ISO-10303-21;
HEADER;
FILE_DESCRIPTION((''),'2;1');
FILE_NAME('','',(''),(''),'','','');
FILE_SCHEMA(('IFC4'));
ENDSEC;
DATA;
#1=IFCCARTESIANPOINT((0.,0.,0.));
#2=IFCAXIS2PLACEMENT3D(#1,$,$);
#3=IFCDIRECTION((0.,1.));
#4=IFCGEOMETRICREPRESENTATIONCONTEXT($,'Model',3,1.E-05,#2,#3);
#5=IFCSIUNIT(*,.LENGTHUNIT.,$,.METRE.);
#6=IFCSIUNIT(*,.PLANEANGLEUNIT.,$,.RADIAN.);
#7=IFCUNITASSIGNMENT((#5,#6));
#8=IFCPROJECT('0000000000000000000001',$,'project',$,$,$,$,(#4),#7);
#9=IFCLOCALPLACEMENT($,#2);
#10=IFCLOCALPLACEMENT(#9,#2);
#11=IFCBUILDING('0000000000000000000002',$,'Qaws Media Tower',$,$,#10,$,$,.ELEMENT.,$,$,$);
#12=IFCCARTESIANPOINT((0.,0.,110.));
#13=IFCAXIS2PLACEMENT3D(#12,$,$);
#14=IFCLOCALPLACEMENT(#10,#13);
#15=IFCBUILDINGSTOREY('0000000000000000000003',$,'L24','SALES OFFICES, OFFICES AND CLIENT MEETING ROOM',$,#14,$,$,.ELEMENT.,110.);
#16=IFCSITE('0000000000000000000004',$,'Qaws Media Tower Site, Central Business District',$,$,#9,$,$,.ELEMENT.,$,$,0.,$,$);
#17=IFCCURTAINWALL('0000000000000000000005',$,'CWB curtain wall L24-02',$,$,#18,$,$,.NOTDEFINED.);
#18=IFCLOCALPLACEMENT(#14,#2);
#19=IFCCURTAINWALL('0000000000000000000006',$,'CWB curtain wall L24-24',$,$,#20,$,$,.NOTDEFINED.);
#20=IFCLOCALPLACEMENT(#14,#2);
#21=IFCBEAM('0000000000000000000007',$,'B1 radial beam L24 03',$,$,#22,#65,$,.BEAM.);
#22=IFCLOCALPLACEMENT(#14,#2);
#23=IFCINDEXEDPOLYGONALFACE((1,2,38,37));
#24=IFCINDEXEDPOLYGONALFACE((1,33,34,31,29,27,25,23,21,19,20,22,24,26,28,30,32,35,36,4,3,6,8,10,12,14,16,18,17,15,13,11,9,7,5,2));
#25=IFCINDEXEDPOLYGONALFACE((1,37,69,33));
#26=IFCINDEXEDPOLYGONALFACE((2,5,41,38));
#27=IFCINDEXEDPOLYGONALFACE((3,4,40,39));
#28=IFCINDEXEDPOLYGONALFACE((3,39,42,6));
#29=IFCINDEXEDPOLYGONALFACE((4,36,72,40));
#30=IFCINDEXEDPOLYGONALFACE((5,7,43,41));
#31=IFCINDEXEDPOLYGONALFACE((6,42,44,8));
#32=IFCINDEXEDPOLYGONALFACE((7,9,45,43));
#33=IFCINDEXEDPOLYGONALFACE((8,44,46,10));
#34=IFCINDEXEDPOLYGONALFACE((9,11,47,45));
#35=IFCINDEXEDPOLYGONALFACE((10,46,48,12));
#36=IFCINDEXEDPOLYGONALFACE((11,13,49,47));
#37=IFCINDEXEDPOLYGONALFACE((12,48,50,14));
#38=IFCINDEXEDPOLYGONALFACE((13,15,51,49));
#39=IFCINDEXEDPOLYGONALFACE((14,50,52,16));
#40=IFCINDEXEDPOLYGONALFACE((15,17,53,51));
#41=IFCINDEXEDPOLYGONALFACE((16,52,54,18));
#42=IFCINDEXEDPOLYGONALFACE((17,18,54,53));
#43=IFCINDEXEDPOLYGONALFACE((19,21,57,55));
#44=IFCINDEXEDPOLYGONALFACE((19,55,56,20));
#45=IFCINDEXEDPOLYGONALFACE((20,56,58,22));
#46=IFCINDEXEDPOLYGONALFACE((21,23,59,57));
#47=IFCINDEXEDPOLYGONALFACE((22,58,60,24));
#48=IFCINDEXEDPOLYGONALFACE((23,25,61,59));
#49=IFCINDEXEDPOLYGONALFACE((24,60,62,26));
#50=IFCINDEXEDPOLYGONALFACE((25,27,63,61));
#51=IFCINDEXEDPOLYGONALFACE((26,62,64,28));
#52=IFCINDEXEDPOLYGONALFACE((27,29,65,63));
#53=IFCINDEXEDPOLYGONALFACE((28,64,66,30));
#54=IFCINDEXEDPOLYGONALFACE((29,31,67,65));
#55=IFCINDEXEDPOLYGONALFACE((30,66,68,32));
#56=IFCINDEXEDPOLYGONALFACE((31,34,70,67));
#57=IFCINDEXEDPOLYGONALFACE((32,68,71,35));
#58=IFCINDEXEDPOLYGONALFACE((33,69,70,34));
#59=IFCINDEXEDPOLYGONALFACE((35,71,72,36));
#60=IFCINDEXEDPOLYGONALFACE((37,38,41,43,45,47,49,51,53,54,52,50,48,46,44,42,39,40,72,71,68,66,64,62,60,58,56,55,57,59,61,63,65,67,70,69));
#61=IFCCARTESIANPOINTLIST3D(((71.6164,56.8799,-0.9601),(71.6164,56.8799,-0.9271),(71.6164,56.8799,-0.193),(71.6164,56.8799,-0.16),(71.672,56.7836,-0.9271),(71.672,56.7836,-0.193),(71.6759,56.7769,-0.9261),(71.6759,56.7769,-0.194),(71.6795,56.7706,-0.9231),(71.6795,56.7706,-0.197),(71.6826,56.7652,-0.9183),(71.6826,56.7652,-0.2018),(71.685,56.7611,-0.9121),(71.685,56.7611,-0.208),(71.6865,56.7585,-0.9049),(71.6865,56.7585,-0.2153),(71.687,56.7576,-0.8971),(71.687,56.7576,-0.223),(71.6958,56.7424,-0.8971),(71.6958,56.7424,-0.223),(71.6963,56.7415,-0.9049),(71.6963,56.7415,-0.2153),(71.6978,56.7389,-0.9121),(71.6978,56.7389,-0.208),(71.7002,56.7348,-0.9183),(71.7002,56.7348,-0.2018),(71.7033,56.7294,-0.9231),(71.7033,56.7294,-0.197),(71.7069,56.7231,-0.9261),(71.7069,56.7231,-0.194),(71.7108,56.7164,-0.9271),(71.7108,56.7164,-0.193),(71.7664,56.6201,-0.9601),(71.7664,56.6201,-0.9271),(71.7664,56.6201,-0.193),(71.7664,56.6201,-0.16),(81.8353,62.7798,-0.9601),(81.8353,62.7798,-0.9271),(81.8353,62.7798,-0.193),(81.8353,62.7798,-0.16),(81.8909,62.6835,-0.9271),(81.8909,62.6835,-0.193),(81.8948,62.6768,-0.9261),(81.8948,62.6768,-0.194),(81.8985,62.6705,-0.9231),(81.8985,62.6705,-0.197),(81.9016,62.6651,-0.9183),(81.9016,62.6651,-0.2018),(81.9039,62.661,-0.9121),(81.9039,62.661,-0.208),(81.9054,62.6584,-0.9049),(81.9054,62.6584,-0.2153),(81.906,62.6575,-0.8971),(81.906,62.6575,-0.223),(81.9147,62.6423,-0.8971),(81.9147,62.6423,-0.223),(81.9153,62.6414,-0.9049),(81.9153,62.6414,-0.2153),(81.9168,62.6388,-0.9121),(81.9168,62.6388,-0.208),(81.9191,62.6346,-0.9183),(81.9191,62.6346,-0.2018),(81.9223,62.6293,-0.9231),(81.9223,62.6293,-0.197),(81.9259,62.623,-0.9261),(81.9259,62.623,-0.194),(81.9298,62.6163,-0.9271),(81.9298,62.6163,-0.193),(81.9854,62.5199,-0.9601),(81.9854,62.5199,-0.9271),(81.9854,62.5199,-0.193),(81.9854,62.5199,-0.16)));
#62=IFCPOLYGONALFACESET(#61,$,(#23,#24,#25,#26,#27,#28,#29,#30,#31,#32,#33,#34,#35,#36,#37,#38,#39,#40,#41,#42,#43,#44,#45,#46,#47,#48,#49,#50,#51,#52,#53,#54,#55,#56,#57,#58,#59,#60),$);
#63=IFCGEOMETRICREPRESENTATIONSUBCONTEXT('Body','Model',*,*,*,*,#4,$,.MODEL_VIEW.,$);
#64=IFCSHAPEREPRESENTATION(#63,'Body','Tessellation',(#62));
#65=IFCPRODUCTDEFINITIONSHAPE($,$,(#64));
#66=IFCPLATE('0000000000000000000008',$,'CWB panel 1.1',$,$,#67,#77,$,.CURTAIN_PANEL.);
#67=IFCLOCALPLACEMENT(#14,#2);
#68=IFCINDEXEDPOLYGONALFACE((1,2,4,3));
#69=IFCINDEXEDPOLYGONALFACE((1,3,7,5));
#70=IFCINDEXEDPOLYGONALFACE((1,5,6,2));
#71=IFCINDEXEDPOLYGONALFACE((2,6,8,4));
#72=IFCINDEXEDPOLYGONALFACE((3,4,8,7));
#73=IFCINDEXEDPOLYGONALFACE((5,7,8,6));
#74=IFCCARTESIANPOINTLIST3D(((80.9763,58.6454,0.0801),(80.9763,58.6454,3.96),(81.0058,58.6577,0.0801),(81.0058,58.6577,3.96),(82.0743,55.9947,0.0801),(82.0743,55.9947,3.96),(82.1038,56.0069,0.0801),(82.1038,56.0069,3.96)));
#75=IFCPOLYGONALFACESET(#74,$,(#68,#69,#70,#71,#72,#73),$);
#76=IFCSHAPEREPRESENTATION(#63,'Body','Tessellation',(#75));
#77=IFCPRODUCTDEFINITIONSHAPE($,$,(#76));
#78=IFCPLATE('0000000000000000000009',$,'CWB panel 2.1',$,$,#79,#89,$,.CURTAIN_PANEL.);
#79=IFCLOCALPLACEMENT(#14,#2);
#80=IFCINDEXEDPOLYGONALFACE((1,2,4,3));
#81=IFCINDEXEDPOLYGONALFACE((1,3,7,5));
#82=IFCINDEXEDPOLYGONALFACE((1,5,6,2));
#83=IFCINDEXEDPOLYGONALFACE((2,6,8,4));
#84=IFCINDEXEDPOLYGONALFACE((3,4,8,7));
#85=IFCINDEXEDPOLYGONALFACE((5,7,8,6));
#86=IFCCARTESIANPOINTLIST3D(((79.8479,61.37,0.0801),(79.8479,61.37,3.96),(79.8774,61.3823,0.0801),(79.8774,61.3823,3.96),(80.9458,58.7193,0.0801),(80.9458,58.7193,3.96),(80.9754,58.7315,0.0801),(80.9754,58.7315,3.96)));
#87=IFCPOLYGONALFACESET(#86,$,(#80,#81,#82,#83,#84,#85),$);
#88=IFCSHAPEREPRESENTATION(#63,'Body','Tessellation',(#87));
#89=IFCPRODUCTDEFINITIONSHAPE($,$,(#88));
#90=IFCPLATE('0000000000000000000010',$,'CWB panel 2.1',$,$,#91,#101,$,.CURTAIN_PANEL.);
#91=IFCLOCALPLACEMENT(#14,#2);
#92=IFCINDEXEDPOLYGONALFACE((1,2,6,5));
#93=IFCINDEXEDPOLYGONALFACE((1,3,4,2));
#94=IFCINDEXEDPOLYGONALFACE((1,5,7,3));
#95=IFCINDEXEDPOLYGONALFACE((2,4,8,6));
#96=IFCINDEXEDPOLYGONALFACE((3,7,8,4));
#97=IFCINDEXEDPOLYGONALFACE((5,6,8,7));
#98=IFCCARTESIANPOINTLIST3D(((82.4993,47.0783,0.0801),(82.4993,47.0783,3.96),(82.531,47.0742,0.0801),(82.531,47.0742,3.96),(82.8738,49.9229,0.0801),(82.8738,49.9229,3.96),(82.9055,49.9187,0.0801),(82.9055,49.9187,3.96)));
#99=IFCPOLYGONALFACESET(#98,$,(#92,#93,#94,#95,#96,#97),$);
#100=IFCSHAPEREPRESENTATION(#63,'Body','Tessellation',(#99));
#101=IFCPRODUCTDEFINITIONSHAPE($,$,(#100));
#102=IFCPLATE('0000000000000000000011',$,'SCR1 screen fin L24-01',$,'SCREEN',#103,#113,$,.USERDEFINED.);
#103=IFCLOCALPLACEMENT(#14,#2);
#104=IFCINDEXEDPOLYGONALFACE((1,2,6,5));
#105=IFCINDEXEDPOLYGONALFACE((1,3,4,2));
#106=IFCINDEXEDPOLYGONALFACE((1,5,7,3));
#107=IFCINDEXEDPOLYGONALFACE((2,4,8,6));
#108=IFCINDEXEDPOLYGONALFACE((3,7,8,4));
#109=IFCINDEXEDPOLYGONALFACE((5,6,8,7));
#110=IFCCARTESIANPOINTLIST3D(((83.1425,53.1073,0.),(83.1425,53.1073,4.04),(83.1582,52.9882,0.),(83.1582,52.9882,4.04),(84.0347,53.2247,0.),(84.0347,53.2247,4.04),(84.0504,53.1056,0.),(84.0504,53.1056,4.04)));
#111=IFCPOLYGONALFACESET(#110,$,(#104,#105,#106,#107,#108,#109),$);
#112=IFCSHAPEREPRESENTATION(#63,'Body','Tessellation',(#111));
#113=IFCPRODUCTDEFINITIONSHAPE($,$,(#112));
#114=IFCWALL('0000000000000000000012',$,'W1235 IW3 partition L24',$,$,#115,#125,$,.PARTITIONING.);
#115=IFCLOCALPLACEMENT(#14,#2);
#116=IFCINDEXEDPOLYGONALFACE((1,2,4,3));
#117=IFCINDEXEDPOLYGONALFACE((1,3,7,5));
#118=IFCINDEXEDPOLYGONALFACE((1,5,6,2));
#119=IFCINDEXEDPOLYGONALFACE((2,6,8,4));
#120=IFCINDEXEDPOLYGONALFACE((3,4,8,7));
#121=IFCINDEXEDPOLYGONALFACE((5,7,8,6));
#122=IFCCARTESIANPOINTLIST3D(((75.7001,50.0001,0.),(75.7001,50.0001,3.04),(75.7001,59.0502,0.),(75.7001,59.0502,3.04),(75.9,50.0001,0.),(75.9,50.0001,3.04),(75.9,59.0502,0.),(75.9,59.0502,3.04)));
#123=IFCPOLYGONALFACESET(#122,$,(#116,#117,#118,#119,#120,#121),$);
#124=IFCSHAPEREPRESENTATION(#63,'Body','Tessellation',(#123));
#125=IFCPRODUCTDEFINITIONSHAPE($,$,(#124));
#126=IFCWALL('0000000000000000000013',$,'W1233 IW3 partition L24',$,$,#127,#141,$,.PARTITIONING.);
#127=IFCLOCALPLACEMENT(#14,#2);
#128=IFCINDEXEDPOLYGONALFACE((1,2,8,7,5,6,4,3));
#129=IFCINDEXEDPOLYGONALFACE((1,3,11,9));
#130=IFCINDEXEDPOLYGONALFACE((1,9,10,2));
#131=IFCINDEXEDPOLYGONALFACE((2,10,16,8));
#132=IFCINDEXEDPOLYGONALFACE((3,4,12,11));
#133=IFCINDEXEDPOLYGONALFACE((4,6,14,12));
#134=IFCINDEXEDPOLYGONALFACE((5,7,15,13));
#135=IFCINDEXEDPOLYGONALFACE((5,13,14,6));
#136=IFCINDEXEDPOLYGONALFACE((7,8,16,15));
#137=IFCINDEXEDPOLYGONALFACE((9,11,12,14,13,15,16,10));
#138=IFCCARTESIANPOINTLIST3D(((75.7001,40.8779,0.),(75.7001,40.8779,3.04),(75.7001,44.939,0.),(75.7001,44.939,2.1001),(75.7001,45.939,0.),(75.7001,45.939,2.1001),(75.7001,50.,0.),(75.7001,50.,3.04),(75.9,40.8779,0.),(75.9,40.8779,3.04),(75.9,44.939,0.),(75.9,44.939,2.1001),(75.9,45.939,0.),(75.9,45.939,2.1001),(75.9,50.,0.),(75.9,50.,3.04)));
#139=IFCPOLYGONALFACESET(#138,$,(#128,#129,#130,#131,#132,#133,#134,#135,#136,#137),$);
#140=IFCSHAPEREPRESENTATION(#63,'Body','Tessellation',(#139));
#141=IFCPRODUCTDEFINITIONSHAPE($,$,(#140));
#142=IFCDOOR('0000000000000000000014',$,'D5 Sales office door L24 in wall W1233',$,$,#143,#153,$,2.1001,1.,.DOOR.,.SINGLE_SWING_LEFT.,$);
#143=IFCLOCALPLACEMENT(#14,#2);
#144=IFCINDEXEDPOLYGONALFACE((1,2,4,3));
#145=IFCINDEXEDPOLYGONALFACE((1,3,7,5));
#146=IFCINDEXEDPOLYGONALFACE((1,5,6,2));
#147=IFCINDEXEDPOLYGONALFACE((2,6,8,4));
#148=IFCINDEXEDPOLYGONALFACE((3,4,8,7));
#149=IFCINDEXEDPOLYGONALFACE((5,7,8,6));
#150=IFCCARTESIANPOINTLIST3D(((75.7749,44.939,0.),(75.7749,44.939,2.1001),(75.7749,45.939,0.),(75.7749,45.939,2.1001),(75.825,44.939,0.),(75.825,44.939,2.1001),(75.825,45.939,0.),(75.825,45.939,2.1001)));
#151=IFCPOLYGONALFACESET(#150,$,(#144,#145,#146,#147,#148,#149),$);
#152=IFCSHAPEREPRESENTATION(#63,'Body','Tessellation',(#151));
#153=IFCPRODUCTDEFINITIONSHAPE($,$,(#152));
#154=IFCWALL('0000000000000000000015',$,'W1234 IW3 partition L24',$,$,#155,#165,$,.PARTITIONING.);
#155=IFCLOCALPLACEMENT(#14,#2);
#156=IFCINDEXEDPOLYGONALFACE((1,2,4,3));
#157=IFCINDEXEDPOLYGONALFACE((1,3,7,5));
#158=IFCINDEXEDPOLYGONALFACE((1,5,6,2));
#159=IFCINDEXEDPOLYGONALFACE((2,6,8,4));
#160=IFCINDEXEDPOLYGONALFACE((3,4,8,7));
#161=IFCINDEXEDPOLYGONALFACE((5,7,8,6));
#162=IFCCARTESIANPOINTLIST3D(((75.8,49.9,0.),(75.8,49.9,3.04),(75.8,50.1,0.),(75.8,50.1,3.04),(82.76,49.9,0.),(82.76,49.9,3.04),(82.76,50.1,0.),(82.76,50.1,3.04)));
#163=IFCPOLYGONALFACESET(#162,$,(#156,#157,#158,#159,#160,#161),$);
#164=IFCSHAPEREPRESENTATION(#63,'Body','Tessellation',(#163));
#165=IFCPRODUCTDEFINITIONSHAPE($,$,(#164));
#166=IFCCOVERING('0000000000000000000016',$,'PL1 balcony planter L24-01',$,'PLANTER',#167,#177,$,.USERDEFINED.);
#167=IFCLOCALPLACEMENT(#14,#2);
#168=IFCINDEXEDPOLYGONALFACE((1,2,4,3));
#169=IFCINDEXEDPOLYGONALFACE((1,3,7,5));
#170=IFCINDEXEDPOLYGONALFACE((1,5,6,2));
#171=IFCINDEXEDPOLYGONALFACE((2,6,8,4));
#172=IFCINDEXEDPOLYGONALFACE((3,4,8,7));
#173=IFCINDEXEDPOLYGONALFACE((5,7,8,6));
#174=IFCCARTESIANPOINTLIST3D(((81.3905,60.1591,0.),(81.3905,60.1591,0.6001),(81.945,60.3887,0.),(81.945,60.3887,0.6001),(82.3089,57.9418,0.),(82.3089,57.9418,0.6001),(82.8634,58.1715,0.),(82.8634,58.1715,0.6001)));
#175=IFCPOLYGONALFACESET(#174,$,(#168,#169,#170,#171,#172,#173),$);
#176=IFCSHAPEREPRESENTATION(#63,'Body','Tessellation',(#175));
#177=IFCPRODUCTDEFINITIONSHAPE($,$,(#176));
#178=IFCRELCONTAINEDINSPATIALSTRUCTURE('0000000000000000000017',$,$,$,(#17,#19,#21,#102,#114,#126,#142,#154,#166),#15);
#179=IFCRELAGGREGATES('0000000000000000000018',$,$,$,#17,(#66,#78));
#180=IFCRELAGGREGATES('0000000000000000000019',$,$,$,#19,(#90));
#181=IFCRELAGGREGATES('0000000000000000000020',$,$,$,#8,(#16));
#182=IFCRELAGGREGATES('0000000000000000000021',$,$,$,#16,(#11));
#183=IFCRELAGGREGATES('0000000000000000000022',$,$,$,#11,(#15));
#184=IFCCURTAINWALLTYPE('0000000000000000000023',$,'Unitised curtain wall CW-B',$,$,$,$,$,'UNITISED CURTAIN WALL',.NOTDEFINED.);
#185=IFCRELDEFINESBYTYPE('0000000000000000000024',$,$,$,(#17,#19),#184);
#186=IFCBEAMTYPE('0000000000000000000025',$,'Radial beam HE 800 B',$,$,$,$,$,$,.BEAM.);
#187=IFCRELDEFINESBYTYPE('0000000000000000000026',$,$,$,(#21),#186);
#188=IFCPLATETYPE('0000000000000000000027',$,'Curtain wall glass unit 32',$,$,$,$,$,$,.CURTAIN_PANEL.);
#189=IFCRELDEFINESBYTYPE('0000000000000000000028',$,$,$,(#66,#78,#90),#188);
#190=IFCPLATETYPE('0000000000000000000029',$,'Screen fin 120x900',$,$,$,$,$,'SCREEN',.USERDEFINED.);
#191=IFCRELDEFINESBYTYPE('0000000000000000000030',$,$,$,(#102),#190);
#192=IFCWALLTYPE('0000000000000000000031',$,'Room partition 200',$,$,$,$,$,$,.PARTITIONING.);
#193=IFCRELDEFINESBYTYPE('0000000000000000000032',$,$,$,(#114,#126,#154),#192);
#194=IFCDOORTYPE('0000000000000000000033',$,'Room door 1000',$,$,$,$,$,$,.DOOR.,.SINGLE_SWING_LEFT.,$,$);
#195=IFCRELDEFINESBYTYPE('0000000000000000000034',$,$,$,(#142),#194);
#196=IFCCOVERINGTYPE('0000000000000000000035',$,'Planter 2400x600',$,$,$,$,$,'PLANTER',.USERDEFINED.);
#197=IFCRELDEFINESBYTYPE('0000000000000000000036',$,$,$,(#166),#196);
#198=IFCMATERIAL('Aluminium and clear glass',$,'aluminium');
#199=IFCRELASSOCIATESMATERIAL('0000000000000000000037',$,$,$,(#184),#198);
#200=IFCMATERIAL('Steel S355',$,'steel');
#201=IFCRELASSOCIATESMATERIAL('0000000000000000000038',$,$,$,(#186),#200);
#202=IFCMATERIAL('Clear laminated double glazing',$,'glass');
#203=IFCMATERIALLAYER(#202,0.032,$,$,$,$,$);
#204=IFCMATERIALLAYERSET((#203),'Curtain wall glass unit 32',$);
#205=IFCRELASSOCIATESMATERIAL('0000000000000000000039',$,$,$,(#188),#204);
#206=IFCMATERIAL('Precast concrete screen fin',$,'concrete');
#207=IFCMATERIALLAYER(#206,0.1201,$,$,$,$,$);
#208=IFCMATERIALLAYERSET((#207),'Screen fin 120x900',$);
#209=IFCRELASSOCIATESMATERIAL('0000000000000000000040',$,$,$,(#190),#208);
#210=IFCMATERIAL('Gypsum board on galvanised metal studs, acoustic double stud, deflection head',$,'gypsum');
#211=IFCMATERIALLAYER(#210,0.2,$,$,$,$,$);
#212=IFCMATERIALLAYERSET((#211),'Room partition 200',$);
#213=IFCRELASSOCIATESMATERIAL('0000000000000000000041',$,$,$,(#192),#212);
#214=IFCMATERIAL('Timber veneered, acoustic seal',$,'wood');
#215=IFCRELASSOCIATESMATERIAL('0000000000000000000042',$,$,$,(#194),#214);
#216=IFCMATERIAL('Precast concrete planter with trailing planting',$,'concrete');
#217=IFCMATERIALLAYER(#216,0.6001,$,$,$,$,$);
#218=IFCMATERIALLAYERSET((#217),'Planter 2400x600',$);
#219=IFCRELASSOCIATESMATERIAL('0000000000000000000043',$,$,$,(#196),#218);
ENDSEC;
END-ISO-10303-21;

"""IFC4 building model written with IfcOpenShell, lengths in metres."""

from ifc_helpers import new_model, si_unit, direction, frame, frame_2d, origin, origin_2d, place, context, subcontext, project, spatial, rectangle, i_section, extrude, material, layer, layer_set, material_profile, profile_set, type_object, element, fill, aggregate, save


model = new_model("IFC4")

# Units and contexts
model_context = context("Model", 3, precision=1e-05, world=origin(), true_north=direction((0.0, 1.0)))
body_context = subcontext(model_context, "Body", "Model", "MODEL_VIEW")
ifc_project = project(units=[si_unit("LENGTHUNIT", "METRE"), si_unit("PLANEANGLEUNIT", "RADIAN")], contexts=[model_context])

# Site, building, storey
site_placement = place(None, origin())
site = spatial("IfcSite", under=ifc_project, at=site_placement, Name="Qaws Media Tower Site, Central Business District", CompositionType="ELEMENT", RefElevation=0.0)
building_placement = place(site_placement, origin())
building = spatial("IfcBuilding", under=site, at=building_placement, Name="Qaws Media Tower", CompositionType="ELEMENT")
storey_placement = place(building_placement, frame((0.0, 0.0, 110.0)))
storey = spatial("IfcBuildingStorey", under=building, at=storey_placement, Name="L24", Description="SALES OFFICES, OFFICES AND CLIENT MEETING ROOM", CompositionType="ELEMENT", Elevation=110.0)

# Curtain wall
ifc_material_1 = material(Name="Aluminium and clear glass", Category="aluminium")
curtain_wall_type = type_object("IfcCurtainWallType", Name="Unitised curtain wall CW-B", ElementType="UNITISED CURTAIN WALL", PredefinedType="NOTDEFINED", material=ifc_material_1)
curtain_wall_1_placement = place(storey_placement, origin())
curtain_wall_1 = element("IfcCurtainWall", 1, at=curtain_wall_1_placement, inside=storey, type_object=curtain_wall_type, Name="CWB curtain wall L24-02", PredefinedType="NOTDEFINED")

# Curtain wall
curtain_wall_2_placement = place(storey_placement, origin())
curtain_wall_2 = element("IfcCurtainWall", 2, at=curtain_wall_2_placement, inside=storey, type_object=curtain_wall_type, Name="CWB curtain wall L24-24", PredefinedType="NOTDEFINED")

# Beam
ifc_material_2 = material(Name="Steel S355", Category="steel")
ifc_material_profile_1 = material_profile(ifc_material_2, i_section(OverallWidth=0.3, OverallDepth=0.8, WebThickness=0.0176, FlangeThickness=0.033, FilletRadius=0.03, at=origin_2d()), Name="HE 800 B")
ifc_profile_set_1 = profile_set([ifc_material_profile_1], Name="Steel S355")
beam_type_1 = type_object("IfcBeamType", Name="Radial beam HE 800 B", PredefinedType="BEAM", material=ifc_profile_set_1)
beam_1_placement = place(storey_placement, frame((71.6914, 56.75, -0.5601), z_axis=(0.866027, 0.499998, 0.0), x_axis=(-0.499998, 0.866027, 0.0)))
element("IfcBeam", 3, at=beam_1_placement, inside=storey, type_object=beam_type_1, Name="B1 radial beam L24 03", PredefinedType="BEAM", context=body_context, shape_type="SweptSolid", body=[
    extrude(i_section(OverallWidth=0.3, OverallDepth=0.8, WebThickness=0.0176, FlangeThickness=0.033, FilletRadius=0.03, at=origin_2d()), origin(), (0.0, 0.0, 1.0), 11.7998),
])

# Plates
ifc_material_3 = material(Name="Clear laminated double glazing", Category="glass")
ifc_layer_1 = layer(ifc_material_3, 0.032)
ifc_layer_set_1 = layer_set([ifc_layer_1], Name="Curtain wall glass unit 32")
plate_type_1 = type_object("IfcPlateType", Name="Curtain wall glass unit 32", PredefinedType="CURTAIN_PANEL", material=ifc_layer_set_1)
plate_1_placement = place(storey_placement, frame((81.54, 57.3262, 0.0801), z_axis=(0.0, 0.0, 1.0), x_axis=(-0.382683, 0.92388, 0.0)))
plate_1 = element("IfcPlate", 4, at=plate_1_placement, type_object=plate_type_1, Name="CWB panel 1.1", PredefinedType="CURTAIN_PANEL", context=body_context, shape_type="SweptSolid", body=[
    extrude(rectangle(XDim=2.8691, YDim=0.032, at=origin_2d()), origin(), (0.0, 0.0, 1.0), 3.8799),
])
plate_2_placement = place(storey_placement, frame((80.4116, 60.0508, 0.0801), z_axis=(0.0, 0.0, 1.0), x_axis=(-0.382683, 0.92388, 0.0)))
plate_2 = element("IfcPlate", 5, at=plate_2_placement, type_object=plate_type_1, Name="CWB panel 2.1", PredefinedType="CURTAIN_PANEL", context=body_context, shape_type="SweptSolid", body=[
    extrude(rectangle(XDim=2.8691, YDim=0.032, at=origin_2d()), origin(), (0.0, 0.0, 1.0), 3.8799),
])
aggregate(curtain_wall_1, [plate_1, plate_2])
plate_3_placement = place(storey_placement, frame((82.7024, 48.4985, 0.0801), z_axis=(0.0, 0.0, 1.0), x_axis=(0.130526, 0.991445, 0.0)))
plate_3 = element("IfcPlate", 6, at=plate_3_placement, type_object=plate_type_1, Name="CWB panel 2.1", PredefinedType="CURTAIN_PANEL", context=body_context, shape_type="SweptSolid", body=[
    extrude(rectangle(XDim=2.8691, YDim=0.032, at=origin_2d()), origin(), (0.0, 0.0, 1.0), 3.8799),
])
aggregate(curtain_wall_2, [plate_3])
ifc_material_4 = material(Name="Precast concrete screen fin", Category="concrete")
ifc_layer_2 = layer(ifc_material_4, 0.1201)
ifc_layer_set_2 = layer_set([ifc_layer_2], Name="Screen fin 120x900")
plate_type_2 = type_object("IfcPlateType", Name="Screen fin 120x900", ElementType="SCREEN", PredefinedType="USERDEFINED", material=ifc_layer_set_2)
plate_4_placement = place(storey_placement, frame((83.5964, 53.1064, 0.0), z_axis=(0.0, 0.0, 1.0), x_axis=(0.991445, 0.130526, 0.0)))
element("IfcPlate", 7, at=plate_4_placement, inside=storey, type_object=plate_type_2, Name="SCR1 screen fin L24-01", ObjectType="SCREEN", PredefinedType="USERDEFINED", context=body_context, shape_type="SweptSolid", body=[
    extrude(rectangle(XDim=0.8999, YDim=0.1201, at=origin_2d()), origin(), (0.0, 0.0, 1.0), 4.04),
])

# Wall
ifc_material_5 = material(Name="Gypsum board on galvanised metal studs, acoustic double stud, deflection head", Category="gypsum")
ifc_layer_3 = layer(ifc_material_5, 0.2)
ifc_layer_set_3 = layer_set([ifc_layer_3], Name="Room partition 200")
wall_type_1 = type_object("IfcWallType", Name="Room partition 200", PredefinedType="PARTITIONING", material=ifc_layer_set_3)
wall_1_placement = place(storey_placement, frame((75.8, 59.05, 0.0), z_axis=(0.0, 0.0, 1.0), x_axis=(0.0, -1.0, 0.0)))
element("IfcWall", 8, at=wall_1_placement, inside=storey, type_object=wall_type_1, Name="W1235 IW3 partition L24", PredefinedType="PARTITIONING", context=body_context, shape_type="SweptSolid", body=[
    extrude(rectangle(XDim=9.05, YDim=0.2, at=frame_2d((4.5249, 0.0))), origin(), (0.0, 0.0, 1.0), 3.04),
])

# Wall, opening, door
wall_2_placement = place(storey_placement, frame((75.8, 50.0, 0.0), z_axis=(0.0, 0.0, 1.0), x_axis=(0.0, -1.0, 0.0)))
wall_2 = element("IfcWall", 9, at=wall_2_placement, inside=storey, type_object=wall_type_1, Name="W1233 IW3 partition L24", PredefinedType="PARTITIONING", context=body_context, shape_type="SweptSolid", body=[
    extrude(rectangle(XDim=9.1221, YDim=0.2, at=frame_2d((4.561, 0.0))), origin(), (0.0, 0.0, 1.0), 3.04),
])
opening_1_placement = place(wall_2_placement, frame((4.061, 0.0, 0.0)))
opening_1 = element("IfcOpeningElement", 10, at=opening_1_placement, cuts=wall_2, PredefinedType="OPENING", context=body_context, shape_type="SweptSolid", body=[
    extrude(rectangle(XDim=1.0, YDim=2.1001, at=frame_2d((0.5, 1.05))), frame((0.0, 0.1099, 0.0), z_axis=(0.0, -1.0, 0.0), x_axis=(1.0, 0.0, 0.0)), (0.0, 0.0, 1.0), 0.22),
])
ifc_material_6 = material(Name="Timber veneered, acoustic seal", Category="wood")
door_type_1 = type_object("IfcDoorType", Name="Room door 1000", OperationType="SINGLE_SWING_LEFT", PredefinedType="DOOR", material=ifc_material_6)
door_1_placement = place(opening_1_placement, origin())
door_1 = element("IfcDoor", 11, at=door_1_placement, inside=storey, type_object=door_type_1, Name="D5 Sales office door L24 in wall W1233", OperationType="SINGLE_SWING_LEFT", OverallHeight=2.1001, OverallWidth=1.0, PredefinedType="DOOR", context=body_context, shape_type="SweptSolid", body=[
    extrude(rectangle(XDim=1.0, YDim=2.1001, at=frame_2d((0.5, 1.05))), frame((0.0, 0.0249, 0.0), z_axis=(0.0, -1.0, 0.0), x_axis=(1.0, 0.0, 0.0)), (0.0, 0.0, 1.0), 0.05),
])
fill(opening_1, door_1)

# Wall
wall_3_placement = place(storey_placement, frame((75.8, 50.0, 0.0), z_axis=(0.0, 0.0, 1.0), x_axis=(1.0, 0.0, 0.0)))
element("IfcWall", 12, at=wall_3_placement, inside=storey, type_object=wall_type_1, Name="W1234 IW3 partition L24", PredefinedType="PARTITIONING", context=body_context, shape_type="SweptSolid", body=[
    extrude(rectangle(XDim=6.96, YDim=0.2, at=frame_2d((3.48, 0.0))), origin(), (0.0, 0.0, 1.0), 3.04),
])

# Covering
ifc_material_7 = material(Name="Precast concrete planter with trailing planting", Category="concrete")
ifc_layer_4 = layer(ifc_material_7, 0.6001)
ifc_layer_set_4 = layer_set([ifc_layer_4], Name="Planter 2400x600")
covering_type = type_object("IfcCoveringType", Name="Planter 2400x600", ElementType="PLANTER", PredefinedType="USERDEFINED", material=ifc_layer_set_4)
covering_placement = place(storey_placement, frame((82.127, 59.1653, 0.0), z_axis=(0.0, 0.0, 1.0), x_axis=(-0.382683, 0.92388, 0.0)))
element("IfcCovering", 13, at=covering_placement, inside=storey, type_object=covering_type, Name="PL1 balcony planter L24-01", ObjectType="PLANTER", PredefinedType="USERDEFINED", context=body_context, shape_type="SweptSolid", body=[
    extrude(rectangle(XDim=2.3999, YDim=0.6001, at=origin_2d()), origin(), (0.0, 0.0, 1.0), 0.6001),
])

save(model, "model.ifc")
